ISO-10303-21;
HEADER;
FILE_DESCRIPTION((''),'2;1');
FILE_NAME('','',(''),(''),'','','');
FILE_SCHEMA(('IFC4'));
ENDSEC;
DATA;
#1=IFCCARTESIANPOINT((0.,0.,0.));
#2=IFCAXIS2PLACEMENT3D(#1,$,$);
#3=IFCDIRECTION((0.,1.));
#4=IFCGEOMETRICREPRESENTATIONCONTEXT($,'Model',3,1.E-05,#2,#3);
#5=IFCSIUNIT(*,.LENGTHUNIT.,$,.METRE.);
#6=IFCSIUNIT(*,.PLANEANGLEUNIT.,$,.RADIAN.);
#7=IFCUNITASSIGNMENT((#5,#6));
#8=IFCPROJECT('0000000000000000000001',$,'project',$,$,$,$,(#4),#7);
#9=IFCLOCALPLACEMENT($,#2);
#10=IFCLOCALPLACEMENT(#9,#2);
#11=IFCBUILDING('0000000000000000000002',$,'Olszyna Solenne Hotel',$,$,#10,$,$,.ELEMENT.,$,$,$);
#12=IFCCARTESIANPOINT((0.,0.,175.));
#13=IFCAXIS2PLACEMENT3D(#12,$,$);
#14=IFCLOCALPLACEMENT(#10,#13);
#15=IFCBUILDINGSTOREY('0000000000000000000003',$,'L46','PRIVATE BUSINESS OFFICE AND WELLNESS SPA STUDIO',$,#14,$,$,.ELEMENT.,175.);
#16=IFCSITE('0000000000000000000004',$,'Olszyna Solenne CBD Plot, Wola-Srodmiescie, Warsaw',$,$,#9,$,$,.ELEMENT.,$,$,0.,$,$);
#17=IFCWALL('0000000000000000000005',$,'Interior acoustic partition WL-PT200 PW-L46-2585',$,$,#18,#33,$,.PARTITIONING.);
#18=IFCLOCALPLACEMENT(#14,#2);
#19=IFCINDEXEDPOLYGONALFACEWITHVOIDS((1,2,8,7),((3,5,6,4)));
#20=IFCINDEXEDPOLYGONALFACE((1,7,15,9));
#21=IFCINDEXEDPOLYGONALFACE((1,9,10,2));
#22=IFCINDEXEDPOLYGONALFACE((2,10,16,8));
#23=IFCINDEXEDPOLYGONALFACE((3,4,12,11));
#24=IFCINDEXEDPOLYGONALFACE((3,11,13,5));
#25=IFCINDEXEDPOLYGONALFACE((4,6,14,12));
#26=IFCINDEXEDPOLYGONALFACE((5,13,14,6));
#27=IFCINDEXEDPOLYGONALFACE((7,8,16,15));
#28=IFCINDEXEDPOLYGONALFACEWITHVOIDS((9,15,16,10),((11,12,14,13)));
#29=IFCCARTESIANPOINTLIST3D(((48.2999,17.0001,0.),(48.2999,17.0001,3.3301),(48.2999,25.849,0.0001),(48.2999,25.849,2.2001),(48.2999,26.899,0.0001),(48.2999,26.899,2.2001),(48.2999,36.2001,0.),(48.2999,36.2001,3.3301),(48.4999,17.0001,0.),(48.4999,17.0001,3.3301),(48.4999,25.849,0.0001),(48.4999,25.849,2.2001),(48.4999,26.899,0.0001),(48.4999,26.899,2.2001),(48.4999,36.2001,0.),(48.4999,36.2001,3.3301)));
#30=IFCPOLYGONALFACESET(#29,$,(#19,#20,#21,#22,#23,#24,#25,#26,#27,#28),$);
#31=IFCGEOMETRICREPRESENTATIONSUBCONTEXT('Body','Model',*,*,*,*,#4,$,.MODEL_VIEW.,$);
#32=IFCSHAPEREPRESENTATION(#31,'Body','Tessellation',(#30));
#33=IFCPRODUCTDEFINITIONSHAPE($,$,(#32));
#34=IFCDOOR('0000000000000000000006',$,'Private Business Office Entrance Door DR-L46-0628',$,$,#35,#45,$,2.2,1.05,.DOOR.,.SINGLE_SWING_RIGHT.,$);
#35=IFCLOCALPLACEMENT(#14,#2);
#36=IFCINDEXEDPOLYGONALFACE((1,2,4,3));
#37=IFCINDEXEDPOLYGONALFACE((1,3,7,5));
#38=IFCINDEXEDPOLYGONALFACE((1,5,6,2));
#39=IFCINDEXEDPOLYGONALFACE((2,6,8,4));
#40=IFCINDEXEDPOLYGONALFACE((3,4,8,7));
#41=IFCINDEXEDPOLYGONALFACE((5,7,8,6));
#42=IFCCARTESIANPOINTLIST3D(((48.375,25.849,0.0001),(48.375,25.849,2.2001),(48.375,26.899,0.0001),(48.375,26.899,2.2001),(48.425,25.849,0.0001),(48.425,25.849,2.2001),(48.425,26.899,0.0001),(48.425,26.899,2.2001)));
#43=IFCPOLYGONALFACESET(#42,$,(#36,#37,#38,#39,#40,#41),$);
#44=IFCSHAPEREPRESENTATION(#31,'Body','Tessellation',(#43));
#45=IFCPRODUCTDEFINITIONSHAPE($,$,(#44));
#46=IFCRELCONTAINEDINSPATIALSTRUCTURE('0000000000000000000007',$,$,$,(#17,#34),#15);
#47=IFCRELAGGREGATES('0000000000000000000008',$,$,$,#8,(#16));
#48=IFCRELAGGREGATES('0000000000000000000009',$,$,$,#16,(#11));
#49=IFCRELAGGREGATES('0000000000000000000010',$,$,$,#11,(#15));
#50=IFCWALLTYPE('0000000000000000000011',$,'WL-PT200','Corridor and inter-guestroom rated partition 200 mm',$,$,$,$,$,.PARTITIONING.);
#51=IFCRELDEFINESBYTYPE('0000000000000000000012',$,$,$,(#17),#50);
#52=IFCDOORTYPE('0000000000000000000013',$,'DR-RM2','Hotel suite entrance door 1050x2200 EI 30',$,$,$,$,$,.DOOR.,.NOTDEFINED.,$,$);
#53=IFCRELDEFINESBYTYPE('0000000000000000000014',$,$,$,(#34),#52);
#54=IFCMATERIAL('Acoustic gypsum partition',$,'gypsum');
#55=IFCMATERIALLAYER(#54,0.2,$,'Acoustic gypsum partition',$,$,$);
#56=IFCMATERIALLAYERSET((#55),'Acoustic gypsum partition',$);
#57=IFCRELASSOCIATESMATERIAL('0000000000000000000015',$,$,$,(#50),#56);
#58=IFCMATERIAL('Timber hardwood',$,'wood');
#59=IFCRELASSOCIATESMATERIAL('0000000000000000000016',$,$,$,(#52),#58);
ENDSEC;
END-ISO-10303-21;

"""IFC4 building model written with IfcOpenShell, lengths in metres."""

from ifc_helpers import new_model, si_unit, direction, frame, frame_2d, origin, place, context, subcontext, project, spatial, rectangle, extrude, source, transform, mapped, material, layer, layer_set, type_object, type_shapes, element, fill, save


model = new_model("IFC4")

# Units and contexts
model_context = context("Model", 3, precision=1e-05, world=origin(), true_north=direction((0.0, 1.0)))
body_context = subcontext(model_context, "Body", "Model", "MODEL_VIEW")
ifc_project = project(units=[si_unit("LENGTHUNIT", "METRE"), si_unit("PLANEANGLEUNIT", "RADIAN")], contexts=[model_context])

# Site, building, storey
site_placement = place(None, origin())
site = spatial("IfcSite", under=ifc_project, at=site_placement, Name="Olszyna Solenne CBD Plot, Wola-Srodmiescie, Warsaw", CompositionType="ELEMENT", RefElevation=0.0)
building_placement = place(site_placement, origin())
building = spatial("IfcBuilding", under=site, at=building_placement, Name="Olszyna Solenne Hotel", CompositionType="ELEMENT")
storey_placement = place(building_placement, frame((0.0, 0.0, 175.0)))
storey = spatial("IfcBuildingStorey", under=building, at=storey_placement, Name="L46", Description="PRIVATE BUSINESS OFFICE AND WELLNESS SPA STUDIO", CompositionType="ELEMENT", Elevation=175.0)

# Shared definitions
ifc_material_1 = material(Name="Acoustic gypsum partition", Category="gypsum")

# Shared definitions
ifc_layer_1 = layer(ifc_material_1, 0.2, Name="Acoustic gypsum partition")
ifc_layer_set_1 = layer_set([ifc_layer_1], Name="Acoustic gypsum partition")
wall_type_1 = type_object("IfcWallType", Name="WL-PT200", Description="Corridor and inter-guestroom rated partition 200 mm", PredefinedType="PARTITIONING", material=ifc_layer_set_1)

# Wall, opening, door
wall_1_placement = place(storey_placement, frame((48.3999, 17.0, 0.0), z_axis=(0.0, 0.0, 1.0), x_axis=(0.0, 1.0, 0.0)))
wall_1 = element("IfcWall", 1, at=wall_1_placement, inside=storey, type_object=wall_type_1, Name="Interior acoustic partition WL-PT200 PW-L46-2585", PredefinedType="PARTITIONING", context=body_context, shape_type="SweptSolid", body=[
    extrude(rectangle(XDim=19.2, YDim=0.2, at=frame_2d((9.6001, 0.0))), origin(), (0.0, 0.0, 1.0), 3.3301),
])
opening_1_placement = place(wall_1_placement, frame((8.8491, 0.0, 0.0)))
opening_1 = element("IfcOpeningElement", 2, at=opening_1_placement, cuts=wall_1, PredefinedType="OPENING", context=body_context, shape_type="SweptSolid", body=[
    extrude(rectangle(XDim=1.05, YDim=2.2, at=frame_2d((0.5249, 1.1001))), frame((0.0, 0.1099, 0.0), z_axis=(0.0, -1.0, 0.0), x_axis=(1.0, 0.0, 0.0)), (0.0, 0.0, 1.0), 0.22),
])
ifc_material_2 = material(Name="Timber hardwood", Category="wood")
door_type_1 = type_object("IfcDoorType", Name="DR-RM2", Description="Hotel suite entrance door 1050x2200 EI 30", OperationType="NOTDEFINED", PredefinedType="DOOR", material=ifc_material_2)
shared_shape_1 = source(origin(), body_context, "Body", "SweptSolid", [
    extrude(rectangle(XDim=1.05, YDim=2.2, at=frame_2d((0.5249, 1.1001))), frame((0.0, 0.0249, 0.0), z_axis=(0.0, -1.0, 0.0), x_axis=(1.0, 0.0, 0.0)), (0.0, 0.0, 1.0), 0.05),
])
type_shapes(door_type_1, [shared_shape_1])
door_1_placement = place(opening_1_placement, origin())
door_1 = element("IfcDoor", 3, at=door_1_placement, inside=storey, type_object=door_type_1, Name="Private Business Office Entrance Door DR-L46-0628", OperationType="SINGLE_SWING_RIGHT", OverallHeight=2.2, OverallWidth=1.05, PredefinedType="DOOR", context=body_context, shape_type="MappedRepresentation", body=[
    mapped(shared_shape_1, transform((0.0, 0.0, 0.0), x_axis=(1.0, 0.0, 0.0), y_axis=(0.0, 1.0, 0.0), z_axis=(0.0, 0.0, 1.0), scale=1.0)),
])
fill(opening_1, door_1)

save(model, "model.ifc")
